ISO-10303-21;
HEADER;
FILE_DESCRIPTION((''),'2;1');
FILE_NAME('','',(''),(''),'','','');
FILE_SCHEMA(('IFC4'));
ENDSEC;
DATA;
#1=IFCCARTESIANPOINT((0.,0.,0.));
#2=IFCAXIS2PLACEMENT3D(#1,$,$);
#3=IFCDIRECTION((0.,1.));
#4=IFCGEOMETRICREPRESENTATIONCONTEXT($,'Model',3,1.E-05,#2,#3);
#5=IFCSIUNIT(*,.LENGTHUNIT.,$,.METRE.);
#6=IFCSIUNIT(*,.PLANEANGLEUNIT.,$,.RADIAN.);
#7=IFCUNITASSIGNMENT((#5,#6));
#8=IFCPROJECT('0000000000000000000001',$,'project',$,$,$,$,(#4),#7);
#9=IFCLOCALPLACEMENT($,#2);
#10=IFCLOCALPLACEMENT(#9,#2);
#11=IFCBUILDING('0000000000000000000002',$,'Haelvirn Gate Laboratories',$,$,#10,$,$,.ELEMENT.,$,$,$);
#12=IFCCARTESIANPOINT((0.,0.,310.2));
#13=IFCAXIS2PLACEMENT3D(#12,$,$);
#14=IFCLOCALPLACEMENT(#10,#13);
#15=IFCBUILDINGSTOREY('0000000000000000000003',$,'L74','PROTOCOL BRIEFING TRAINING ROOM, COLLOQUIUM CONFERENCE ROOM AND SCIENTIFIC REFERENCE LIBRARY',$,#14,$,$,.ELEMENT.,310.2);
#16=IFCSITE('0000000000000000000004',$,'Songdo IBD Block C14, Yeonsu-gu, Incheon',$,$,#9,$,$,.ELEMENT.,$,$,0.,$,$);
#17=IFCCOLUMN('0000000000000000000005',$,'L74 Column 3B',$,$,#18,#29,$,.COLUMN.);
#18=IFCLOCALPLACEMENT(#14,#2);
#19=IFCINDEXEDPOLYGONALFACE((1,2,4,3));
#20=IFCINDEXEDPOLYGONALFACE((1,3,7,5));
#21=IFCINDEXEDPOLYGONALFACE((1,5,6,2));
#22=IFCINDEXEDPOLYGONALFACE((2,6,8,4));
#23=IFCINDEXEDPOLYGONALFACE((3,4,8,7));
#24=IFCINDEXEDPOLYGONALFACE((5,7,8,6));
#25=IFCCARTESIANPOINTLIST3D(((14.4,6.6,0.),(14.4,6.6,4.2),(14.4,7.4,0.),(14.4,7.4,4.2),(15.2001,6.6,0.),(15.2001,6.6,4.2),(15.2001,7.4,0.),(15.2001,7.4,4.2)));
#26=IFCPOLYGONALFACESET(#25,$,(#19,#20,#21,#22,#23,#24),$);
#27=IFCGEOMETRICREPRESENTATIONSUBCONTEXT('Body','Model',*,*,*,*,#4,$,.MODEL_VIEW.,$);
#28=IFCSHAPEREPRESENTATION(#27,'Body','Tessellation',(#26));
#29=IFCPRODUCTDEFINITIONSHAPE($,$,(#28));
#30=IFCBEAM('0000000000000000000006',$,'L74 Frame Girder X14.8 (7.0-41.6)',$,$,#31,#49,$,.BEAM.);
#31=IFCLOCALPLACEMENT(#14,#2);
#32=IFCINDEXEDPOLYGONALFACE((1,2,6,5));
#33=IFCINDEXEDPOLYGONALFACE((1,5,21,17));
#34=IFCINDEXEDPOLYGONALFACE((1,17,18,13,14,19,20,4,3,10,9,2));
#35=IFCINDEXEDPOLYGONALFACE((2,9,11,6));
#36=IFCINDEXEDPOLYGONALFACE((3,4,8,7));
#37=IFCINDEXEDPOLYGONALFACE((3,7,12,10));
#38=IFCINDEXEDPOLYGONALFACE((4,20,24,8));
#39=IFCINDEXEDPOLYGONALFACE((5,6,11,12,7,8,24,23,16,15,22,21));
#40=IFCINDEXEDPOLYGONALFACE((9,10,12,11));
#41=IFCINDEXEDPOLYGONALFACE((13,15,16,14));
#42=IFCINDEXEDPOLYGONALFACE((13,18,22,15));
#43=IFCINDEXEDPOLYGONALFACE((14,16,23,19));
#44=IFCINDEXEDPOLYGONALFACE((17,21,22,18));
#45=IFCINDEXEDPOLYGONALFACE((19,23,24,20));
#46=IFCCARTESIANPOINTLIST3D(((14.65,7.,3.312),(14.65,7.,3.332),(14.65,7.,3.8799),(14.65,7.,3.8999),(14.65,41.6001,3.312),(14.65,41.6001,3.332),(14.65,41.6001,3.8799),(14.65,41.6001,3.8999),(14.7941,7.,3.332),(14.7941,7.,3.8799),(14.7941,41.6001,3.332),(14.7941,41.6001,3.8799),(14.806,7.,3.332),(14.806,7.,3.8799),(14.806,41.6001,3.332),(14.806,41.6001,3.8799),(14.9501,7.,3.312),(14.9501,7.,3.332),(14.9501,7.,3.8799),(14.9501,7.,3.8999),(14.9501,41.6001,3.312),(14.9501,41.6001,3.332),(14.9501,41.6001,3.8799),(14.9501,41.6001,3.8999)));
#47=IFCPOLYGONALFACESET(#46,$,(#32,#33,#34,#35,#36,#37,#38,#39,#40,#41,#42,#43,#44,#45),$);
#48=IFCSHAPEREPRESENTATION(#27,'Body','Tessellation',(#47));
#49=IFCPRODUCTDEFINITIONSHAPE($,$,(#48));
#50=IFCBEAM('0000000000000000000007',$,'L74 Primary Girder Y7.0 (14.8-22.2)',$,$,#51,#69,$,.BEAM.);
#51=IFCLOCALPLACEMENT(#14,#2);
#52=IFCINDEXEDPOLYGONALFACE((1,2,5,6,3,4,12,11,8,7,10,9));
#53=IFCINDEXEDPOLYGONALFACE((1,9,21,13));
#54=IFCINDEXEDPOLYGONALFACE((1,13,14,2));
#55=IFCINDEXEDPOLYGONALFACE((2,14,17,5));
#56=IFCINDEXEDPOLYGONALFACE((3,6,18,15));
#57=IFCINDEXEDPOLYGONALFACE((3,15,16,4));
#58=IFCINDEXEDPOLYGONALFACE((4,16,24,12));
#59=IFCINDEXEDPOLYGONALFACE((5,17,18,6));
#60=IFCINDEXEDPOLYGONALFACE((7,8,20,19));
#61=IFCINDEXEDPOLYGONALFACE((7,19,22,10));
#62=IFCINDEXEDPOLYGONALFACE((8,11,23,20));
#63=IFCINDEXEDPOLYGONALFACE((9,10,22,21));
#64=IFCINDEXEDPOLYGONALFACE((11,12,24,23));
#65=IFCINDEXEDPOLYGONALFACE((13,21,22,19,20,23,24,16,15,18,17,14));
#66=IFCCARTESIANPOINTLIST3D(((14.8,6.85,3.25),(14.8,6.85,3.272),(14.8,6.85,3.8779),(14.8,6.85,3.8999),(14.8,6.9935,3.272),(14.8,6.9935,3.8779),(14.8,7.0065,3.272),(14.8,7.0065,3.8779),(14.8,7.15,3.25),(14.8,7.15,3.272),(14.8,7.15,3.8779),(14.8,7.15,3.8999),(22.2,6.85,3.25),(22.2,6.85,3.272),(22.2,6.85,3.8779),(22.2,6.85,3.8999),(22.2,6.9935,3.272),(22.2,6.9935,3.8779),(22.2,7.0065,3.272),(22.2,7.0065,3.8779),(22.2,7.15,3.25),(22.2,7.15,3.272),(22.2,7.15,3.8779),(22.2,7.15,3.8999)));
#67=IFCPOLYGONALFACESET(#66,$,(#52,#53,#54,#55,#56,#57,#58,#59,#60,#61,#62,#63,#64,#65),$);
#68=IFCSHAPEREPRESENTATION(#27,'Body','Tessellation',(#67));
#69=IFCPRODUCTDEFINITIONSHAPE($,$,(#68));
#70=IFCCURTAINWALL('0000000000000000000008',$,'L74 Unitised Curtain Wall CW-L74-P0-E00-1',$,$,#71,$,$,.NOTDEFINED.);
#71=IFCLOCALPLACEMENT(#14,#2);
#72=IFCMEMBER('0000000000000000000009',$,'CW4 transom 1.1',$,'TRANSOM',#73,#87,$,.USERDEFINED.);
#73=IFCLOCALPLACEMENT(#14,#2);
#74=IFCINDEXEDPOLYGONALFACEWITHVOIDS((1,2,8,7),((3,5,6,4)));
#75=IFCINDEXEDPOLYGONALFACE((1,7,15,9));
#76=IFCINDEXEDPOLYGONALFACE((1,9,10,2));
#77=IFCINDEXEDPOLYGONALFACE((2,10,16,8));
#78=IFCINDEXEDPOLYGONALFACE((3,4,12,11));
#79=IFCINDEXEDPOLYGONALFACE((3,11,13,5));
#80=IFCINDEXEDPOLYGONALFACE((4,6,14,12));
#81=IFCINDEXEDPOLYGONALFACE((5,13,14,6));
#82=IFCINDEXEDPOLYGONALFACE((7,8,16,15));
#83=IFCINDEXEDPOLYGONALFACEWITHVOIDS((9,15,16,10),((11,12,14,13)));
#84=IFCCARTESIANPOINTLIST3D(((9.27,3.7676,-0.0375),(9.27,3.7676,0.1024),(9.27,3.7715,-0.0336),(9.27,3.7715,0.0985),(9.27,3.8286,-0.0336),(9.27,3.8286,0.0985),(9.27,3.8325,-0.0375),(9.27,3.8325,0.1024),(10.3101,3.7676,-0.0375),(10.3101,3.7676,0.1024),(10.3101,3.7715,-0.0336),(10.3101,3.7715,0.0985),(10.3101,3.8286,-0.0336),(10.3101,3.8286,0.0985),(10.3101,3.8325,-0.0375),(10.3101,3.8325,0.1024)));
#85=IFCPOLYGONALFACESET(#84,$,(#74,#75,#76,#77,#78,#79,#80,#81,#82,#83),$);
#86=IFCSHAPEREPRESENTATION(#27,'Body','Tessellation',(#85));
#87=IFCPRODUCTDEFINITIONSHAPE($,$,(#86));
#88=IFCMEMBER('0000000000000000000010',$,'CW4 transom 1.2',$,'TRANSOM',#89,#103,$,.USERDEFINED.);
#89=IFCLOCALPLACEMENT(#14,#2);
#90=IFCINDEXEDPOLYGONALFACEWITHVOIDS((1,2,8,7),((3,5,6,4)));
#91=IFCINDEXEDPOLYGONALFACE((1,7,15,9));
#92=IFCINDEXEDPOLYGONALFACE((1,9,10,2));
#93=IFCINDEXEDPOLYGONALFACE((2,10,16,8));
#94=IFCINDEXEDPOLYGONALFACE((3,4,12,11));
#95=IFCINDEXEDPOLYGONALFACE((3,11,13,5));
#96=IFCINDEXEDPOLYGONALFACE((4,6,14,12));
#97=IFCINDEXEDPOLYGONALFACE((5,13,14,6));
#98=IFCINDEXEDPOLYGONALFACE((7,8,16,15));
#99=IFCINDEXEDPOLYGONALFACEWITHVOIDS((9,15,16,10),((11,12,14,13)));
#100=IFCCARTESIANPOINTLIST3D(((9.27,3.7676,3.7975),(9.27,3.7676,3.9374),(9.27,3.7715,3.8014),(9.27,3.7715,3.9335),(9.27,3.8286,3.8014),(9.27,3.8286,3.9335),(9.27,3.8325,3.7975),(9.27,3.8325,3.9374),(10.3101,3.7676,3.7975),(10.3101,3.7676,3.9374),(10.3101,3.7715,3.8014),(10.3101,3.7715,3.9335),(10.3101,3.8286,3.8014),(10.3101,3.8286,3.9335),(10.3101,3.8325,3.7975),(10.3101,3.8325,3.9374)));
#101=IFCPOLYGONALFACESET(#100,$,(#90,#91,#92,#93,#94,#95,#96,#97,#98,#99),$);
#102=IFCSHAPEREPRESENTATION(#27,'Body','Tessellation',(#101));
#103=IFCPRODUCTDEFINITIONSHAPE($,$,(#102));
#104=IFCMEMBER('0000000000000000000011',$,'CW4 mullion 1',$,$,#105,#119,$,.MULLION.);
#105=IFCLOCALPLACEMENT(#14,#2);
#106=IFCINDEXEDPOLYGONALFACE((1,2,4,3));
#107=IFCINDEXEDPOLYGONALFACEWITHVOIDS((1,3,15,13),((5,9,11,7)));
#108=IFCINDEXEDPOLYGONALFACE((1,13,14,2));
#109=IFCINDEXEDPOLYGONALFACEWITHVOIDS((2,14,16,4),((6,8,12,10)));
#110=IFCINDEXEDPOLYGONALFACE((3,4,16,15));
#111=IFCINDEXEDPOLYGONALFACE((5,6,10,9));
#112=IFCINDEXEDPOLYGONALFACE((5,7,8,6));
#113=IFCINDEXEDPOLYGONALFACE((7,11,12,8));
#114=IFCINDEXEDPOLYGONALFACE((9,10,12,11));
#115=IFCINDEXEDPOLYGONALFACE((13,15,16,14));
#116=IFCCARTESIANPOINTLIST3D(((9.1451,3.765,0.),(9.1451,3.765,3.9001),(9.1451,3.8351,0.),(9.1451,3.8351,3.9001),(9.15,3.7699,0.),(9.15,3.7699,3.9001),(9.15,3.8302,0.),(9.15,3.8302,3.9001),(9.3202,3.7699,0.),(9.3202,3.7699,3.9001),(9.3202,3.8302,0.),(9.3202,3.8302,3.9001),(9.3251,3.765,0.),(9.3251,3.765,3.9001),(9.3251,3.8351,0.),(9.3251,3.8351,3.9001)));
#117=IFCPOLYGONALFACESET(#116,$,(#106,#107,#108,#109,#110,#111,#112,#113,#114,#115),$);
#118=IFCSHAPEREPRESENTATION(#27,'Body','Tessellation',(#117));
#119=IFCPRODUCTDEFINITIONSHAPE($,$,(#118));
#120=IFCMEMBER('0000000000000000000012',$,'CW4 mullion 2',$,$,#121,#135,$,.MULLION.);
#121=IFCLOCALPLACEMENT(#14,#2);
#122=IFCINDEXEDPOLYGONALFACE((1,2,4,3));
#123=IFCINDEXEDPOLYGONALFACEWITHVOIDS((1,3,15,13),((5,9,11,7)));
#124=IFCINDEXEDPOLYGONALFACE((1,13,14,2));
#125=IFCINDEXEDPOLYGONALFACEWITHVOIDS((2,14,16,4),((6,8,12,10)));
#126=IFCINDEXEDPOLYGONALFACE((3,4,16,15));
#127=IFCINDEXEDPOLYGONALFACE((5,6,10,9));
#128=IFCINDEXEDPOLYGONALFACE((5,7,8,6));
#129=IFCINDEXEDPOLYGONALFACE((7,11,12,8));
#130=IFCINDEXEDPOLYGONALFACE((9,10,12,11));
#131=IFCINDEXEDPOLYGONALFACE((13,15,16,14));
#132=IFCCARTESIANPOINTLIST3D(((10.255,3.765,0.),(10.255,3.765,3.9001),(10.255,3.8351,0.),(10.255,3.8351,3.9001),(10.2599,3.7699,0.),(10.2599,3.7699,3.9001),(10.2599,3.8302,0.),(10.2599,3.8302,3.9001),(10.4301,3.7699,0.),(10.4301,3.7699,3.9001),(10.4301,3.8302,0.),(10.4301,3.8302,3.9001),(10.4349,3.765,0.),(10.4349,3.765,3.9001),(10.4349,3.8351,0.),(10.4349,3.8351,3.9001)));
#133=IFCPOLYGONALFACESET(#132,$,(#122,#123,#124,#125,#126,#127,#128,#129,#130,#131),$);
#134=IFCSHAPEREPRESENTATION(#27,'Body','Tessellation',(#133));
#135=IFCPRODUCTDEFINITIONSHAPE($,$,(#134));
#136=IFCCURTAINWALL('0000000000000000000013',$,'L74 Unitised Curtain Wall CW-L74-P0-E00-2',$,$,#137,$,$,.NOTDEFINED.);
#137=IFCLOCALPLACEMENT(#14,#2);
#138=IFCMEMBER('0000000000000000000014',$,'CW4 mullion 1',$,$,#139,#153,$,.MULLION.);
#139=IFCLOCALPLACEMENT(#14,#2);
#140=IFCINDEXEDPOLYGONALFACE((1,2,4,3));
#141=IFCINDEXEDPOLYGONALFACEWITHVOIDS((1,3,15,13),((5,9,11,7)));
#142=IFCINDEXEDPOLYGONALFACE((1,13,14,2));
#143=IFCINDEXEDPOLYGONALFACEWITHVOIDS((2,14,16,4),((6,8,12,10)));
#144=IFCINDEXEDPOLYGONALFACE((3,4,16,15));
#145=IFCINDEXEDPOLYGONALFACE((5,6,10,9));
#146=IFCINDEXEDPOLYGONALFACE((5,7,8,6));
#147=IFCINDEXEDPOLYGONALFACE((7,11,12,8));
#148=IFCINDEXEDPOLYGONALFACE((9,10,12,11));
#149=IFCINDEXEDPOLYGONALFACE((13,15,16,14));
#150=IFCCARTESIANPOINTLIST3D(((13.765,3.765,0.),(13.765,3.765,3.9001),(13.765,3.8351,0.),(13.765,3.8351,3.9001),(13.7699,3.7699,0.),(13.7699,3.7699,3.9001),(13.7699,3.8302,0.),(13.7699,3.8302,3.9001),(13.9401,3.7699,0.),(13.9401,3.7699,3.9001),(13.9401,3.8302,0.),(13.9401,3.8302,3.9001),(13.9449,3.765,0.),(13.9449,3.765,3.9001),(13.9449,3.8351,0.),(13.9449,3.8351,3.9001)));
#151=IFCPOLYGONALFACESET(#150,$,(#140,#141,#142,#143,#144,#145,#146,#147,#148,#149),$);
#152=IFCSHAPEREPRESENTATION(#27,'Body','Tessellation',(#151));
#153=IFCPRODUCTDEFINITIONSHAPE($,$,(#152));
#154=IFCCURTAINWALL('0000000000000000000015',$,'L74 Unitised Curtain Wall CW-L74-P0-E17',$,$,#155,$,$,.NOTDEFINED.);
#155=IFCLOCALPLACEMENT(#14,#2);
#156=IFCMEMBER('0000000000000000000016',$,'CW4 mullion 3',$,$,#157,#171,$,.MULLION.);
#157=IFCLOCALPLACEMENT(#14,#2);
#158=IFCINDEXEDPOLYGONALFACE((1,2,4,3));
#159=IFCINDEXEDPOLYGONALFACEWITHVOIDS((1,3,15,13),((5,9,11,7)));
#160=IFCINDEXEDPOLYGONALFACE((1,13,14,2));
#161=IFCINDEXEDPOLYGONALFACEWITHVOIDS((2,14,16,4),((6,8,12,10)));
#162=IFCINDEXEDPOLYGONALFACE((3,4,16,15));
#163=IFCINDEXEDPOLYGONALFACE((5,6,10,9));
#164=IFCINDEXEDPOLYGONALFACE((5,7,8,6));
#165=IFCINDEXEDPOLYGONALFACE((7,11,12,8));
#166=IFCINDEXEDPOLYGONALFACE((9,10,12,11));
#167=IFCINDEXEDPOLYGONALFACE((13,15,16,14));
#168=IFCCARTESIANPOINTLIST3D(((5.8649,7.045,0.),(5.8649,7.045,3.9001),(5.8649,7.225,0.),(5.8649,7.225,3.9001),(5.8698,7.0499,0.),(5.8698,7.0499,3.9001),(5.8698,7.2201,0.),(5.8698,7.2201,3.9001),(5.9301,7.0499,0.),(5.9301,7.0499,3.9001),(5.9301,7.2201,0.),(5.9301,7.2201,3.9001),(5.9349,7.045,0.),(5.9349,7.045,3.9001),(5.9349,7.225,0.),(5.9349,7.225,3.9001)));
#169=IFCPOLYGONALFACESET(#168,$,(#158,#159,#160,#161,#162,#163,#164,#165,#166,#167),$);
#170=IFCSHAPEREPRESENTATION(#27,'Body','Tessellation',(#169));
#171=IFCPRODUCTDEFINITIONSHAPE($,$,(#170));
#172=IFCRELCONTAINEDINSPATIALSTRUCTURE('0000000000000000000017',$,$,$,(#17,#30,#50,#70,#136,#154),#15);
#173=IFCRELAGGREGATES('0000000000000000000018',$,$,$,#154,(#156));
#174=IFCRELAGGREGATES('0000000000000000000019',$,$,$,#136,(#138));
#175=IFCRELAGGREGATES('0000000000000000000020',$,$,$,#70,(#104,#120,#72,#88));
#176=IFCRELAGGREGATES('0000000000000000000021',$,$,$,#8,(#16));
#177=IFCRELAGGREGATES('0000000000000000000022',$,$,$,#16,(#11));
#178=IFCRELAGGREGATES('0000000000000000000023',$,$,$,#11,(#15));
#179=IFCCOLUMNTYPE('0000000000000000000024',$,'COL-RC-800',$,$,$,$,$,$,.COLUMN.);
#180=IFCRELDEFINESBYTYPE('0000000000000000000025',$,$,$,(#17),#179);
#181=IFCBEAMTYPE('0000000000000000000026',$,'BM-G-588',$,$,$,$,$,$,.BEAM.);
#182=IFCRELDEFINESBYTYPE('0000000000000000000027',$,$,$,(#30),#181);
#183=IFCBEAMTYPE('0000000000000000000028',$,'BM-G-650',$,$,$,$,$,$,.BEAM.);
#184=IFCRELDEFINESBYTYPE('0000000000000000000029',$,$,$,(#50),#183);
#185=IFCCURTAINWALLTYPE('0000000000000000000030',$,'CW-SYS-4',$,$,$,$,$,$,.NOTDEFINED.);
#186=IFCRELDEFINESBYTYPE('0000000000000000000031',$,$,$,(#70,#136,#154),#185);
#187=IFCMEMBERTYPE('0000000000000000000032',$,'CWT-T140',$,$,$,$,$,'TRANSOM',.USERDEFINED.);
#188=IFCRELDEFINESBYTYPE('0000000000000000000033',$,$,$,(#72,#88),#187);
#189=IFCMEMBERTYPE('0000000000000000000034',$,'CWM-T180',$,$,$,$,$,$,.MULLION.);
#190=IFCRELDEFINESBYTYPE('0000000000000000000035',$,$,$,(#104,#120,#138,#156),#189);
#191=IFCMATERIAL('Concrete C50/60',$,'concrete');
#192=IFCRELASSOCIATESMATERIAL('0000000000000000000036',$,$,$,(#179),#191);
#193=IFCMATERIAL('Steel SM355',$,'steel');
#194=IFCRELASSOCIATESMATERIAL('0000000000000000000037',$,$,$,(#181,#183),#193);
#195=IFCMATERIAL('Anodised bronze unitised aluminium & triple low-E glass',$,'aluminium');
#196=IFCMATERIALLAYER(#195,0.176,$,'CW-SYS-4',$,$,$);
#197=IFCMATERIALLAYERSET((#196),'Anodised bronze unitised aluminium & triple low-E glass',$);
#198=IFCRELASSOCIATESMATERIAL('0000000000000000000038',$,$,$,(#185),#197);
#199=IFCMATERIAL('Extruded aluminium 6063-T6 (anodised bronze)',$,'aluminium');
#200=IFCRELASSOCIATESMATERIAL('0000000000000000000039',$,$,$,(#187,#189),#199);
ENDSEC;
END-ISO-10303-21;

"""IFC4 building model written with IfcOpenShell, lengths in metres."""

from ifc_helpers import new_model, si_unit, direction, frame, origin, origin_2d, place, context, subcontext, project, spatial, rectangle, hollow_rectangle, i_section, extrude, source, transform, mapped, material, layer, layer_set, material_profile, profile_set, type_object, type_shapes, element, aggregate, save


model = new_model("IFC4")

# Units and contexts
model_context = context("Model", 3, precision=1e-05, world=origin(), true_north=direction((0.0, 1.0)))
body_context = subcontext(model_context, "Body", "Model", "MODEL_VIEW")
ifc_project = project(units=[si_unit("LENGTHUNIT", "METRE"), si_unit("PLANEANGLEUNIT", "RADIAN")], contexts=[model_context])

# Site, building, storey
site_placement = place(None, origin())
site = spatial("IfcSite", under=ifc_project, at=site_placement, Name="Songdo IBD Block C14, Yeonsu-gu, Incheon", CompositionType="ELEMENT", RefElevation=0.0)
building_placement = place(site_placement, origin())
building = spatial("IfcBuilding", under=site, at=building_placement, Name="Haelvirn Gate Laboratories", CompositionType="ELEMENT")
storey_placement = place(building_placement, frame((0.0, 0.0, 310.2)))
storey = spatial("IfcBuildingStorey", under=building, at=storey_placement, Name="L74", Description="PROTOCOL BRIEFING TRAINING ROOM, COLLOQUIUM CONFERENCE ROOM AND SCIENTIFIC REFERENCE LIBRARY", CompositionType="ELEMENT", Elevation=310.2)

# Column
ifc_material_1 = material(Name="Concrete C50/60", Category="concrete")
ifc_material_profile_1 = material_profile(ifc_material_1, rectangle(XDim=0.8, YDim=0.8, at=origin_2d()), Name="RC-800x800")
ifc_profile_set_1 = profile_set([ifc_material_profile_1], Name="Concrete C50/60")
column_type = type_object("IfcColumnType", Name="COL-RC-800", PredefinedType="COLUMN", material=ifc_profile_set_1)
shared_shape_1 = source(origin(), body_context, "Body", "SweptSolid", [
    extrude(rectangle(XDim=0.8, YDim=0.8, at=origin_2d()), origin(), (0.0, 0.0, 1.0), 4.2),
])
type_shapes(column_type, [shared_shape_1])
column_placement = place(storey_placement, frame((14.8, 7.0, 0.0), z_axis=(0.0, 0.0, 1.0), x_axis=(1.0, 0.0, 0.0)))
element("IfcColumn", 1, at=column_placement, inside=storey, type_object=column_type, Name="L74 Column 3B", PredefinedType="COLUMN", context=body_context, shape_type="MappedRepresentation", body=[
    mapped(shared_shape_1, transform((0.0, 0.0, 0.0), scale=1.0)),
])

# Beams
ifc_material_2 = material(Name="Steel SM355", Category="steel")
ifc_material_profile_2 = material_profile(ifc_material_2, i_section(OverallWidth=0.3, OverallDepth=0.5879, WebThickness=0.012, FlangeThickness=0.02, at=origin_2d()), Name="H-588x300x12x20")
ifc_profile_set_2 = profile_set([ifc_material_profile_2], Name="Steel SM355")
beam_type_1 = type_object("IfcBeamType", Name="BM-G-588", PredefinedType="BEAM", material=ifc_profile_set_2)
shared_shape_2 = source(origin(), body_context, "Body", "SweptSolid", [
    extrude(i_section(OverallWidth=0.3, OverallDepth=0.5879, WebThickness=0.012, FlangeThickness=0.02, at=origin_2d()), origin(), (0.0, 0.0, 1.0), 34.6001),
])
type_shapes(beam_type_1, [shared_shape_2])
beam_1_placement = place(storey_placement, frame((14.8, 7.0, 3.606), z_axis=(0.0, 1.0, 0.0), x_axis=(-1.0, 0.0, 0.0)))
element("IfcBeam", 2, at=beam_1_placement, inside=storey, type_object=beam_type_1, Name="L74 Frame Girder X14.8 (7.0-41.6)", PredefinedType="BEAM", context=body_context, shape_type="MappedRepresentation", body=[
    mapped(shared_shape_2, transform((0.0, 0.0, 0.0), scale=1.0)),
])
ifc_material_profile_3 = material_profile(ifc_material_2, i_section(OverallWidth=0.3, OverallDepth=0.6499, WebThickness=0.0129, FlangeThickness=0.022, at=origin_2d()), Name="H-650x300x13x22")
ifc_profile_set_3 = profile_set([ifc_material_profile_3], Name="Steel SM355")
beam_type_2 = type_object("IfcBeamType", Name="BM-G-650", PredefinedType="BEAM", material=ifc_profile_set_3)
shared_shape_3 = source(origin(), body_context, "Body", "SweptSolid", [
    extrude(i_section(OverallWidth=0.3, OverallDepth=0.6499, WebThickness=0.0129, FlangeThickness=0.022, at=origin_2d()), origin(), (0.0, 0.0, 1.0), 7.3999),
])
type_shapes(beam_type_2, [shared_shape_3])
beam_2_placement = place(storey_placement, frame((14.8, 7.0, 3.575), z_axis=(1.0, 0.0, 0.0), x_axis=(0.0, 1.0, 0.0)))
element("IfcBeam", 3, at=beam_2_placement, inside=storey, type_object=beam_type_2, Name="L74 Primary Girder Y7.0 (14.8-22.2)", PredefinedType="BEAM", context=body_context, shape_type="MappedRepresentation", body=[
    mapped(shared_shape_3, transform((0.0, 0.0, 0.0), scale=1.0)),
])

# Curtain wall, members
ifc_material_3 = material(Name="Anodised bronze unitised aluminium & triple low-E glass", Category="aluminium")
ifc_layer_1 = layer(ifc_material_3, 0.176, Name="CW-SYS-4")
ifc_layer_set_1 = layer_set([ifc_layer_1], Name="Anodised bronze unitised aluminium & triple low-E glass")
curtain_wall_type = type_object("IfcCurtainWallType", Name="CW-SYS-4", PredefinedType="NOTDEFINED", material=ifc_layer_set_1)
curtain_wall_1_placement = place(storey_placement, origin())
curtain_wall_1 = element("IfcCurtainWall", 4, at=curtain_wall_1_placement, inside=storey, type_object=curtain_wall_type, Name="L74 Unitised Curtain Wall CW-L74-P0-E00-1", PredefinedType="NOTDEFINED")
ifc_material_4 = material(Name="Extruded aluminium 6063-T6 (anodised bronze)", Category="aluminium")
ifc_material_profile_4 = material_profile(ifc_material_4, hollow_rectangle(XDim=0.0649, YDim=0.1399, WallThickness=0.0039, at=origin_2d()), Name="CWT-140x65x4")
ifc_profile_set_4 = profile_set([ifc_material_profile_4], Name="Extruded aluminium 6063-T6 (anodised bronze)")
member_type_1 = type_object("IfcMemberType", Name="CWT-T140", ElementType="TRANSOM", PredefinedType="USERDEFINED", material=ifc_profile_set_4)
shared_shape_4 = source(origin(), body_context, "Body", "SweptSolid", [
    extrude(hollow_rectangle(XDim=0.0649, YDim=0.1399, WallThickness=0.0039, at=origin_2d()), origin(), (0.0, 0.0, 1.0), 1.04),
])
member_1_placement = place(storey_placement, frame((9.27, 3.8, 0.0325), z_axis=(1.0, 0.0, 0.0), x_axis=(0.0, 1.0, 0.0)))
member_1 = element("IfcMember", 5, at=member_1_placement, type_object=member_type_1, Name="CW4 transom 1.1", ObjectType="TRANSOM", PredefinedType="USERDEFINED", context=body_context, shape_type="MappedRepresentation", body=[
    mapped(shared_shape_4, transform((0.0, 0.0, 0.0), scale=1.0)),
])
member_2_placement = place(storey_placement, frame((9.27, 3.8, 3.8674), z_axis=(1.0, 0.0, 0.0), x_axis=(0.0, 1.0, 0.0)))
member_2 = element("IfcMember", 6, at=member_2_placement, type_object=member_type_1, Name="CW4 transom 1.2", ObjectType="TRANSOM", PredefinedType="USERDEFINED", context=body_context, shape_type="MappedRepresentation", body=[
    mapped(shared_shape_4, transform((0.0, 0.0, 0.0), scale=1.0)),
])
ifc_material_profile_5 = material_profile(ifc_material_4, hollow_rectangle(XDim=0.0701, YDim=0.1799, WallThickness=0.0049, at=origin_2d()), Name="CWM-180x70x5")
ifc_profile_set_5 = profile_set([ifc_material_profile_5], Name="Extruded aluminium 6063-T6 (anodised bronze)")
member_type_2 = type_object("IfcMemberType", Name="CWM-T180", PredefinedType="MULLION", material=ifc_profile_set_5)
shared_shape_5 = source(origin(), body_context, "Body", "SweptSolid", [
    extrude(hollow_rectangle(XDim=0.0701, YDim=0.1799, WallThickness=0.0049, at=origin_2d()), origin(), (0.0, 0.0, 1.0), 3.9001),
])
type_shapes(member_type_2, [shared_shape_5])
member_3_placement = place(storey_placement, frame((9.2351, 3.8, 0.0), z_axis=(0.0, 0.0, 1.0), x_axis=(0.0, 1.0, 0.0)))
member_3 = element("IfcMember", 7, at=member_3_placement, type_object=member_type_2, Name="CW4 mullion 1", PredefinedType="MULLION", context=body_context, shape_type="MappedRepresentation", body=[
    mapped(shared_shape_5, transform((0.0, 0.0, 0.0), scale=1.0)),
])
member_4_placement = place(storey_placement, frame((10.345, 3.8, 0.0), z_axis=(0.0, 0.0, 1.0), x_axis=(0.0, 1.0, 0.0)))
member_4 = element("IfcMember", 8, at=member_4_placement, type_object=member_type_2, Name="CW4 mullion 2", PredefinedType="MULLION", context=body_context, shape_type="MappedRepresentation", body=[
    mapped(shared_shape_5, transform((0.0, 0.0, 0.0), scale=1.0)),
])

# Curtain walls, members
curtain_wall_2_placement = place(storey_placement, origin())
curtain_wall_2 = element("IfcCurtainWall", 9, at=curtain_wall_2_placement, inside=storey, type_object=curtain_wall_type, Name="L74 Unitised Curtain Wall CW-L74-P0-E00-2", PredefinedType="NOTDEFINED")
member_5_placement = place(storey_placement, frame((13.855, 3.8, 0.0), z_axis=(0.0, 0.0, 1.0), x_axis=(0.0, 1.0, 0.0)))
member_5 = element("IfcMember", 10, at=member_5_placement, type_object=member_type_2, Name="CW4 mullion 1", PredefinedType="MULLION", context=body_context, shape_type="MappedRepresentation", body=[
    mapped(shared_shape_5, transform((0.0, 0.0, 0.0), scale=1.0)),
])
curtain_wall_3_placement = place(storey_placement, origin())
curtain_wall_3 = element("IfcCurtainWall", 11, at=curtain_wall_3_placement, inside=storey, type_object=curtain_wall_type, Name="L74 Unitised Curtain Wall CW-L74-P0-E17", PredefinedType="NOTDEFINED")
member_6_placement = place(storey_placement, frame((5.8999, 7.135, 0.0), z_axis=(0.0, 0.0, 1.0), x_axis=(1.0, 0.0, 0.0)))
member_6 = element("IfcMember", 12, at=member_6_placement, type_object=member_type_2, Name="CW4 mullion 3", PredefinedType="MULLION", context=body_context, shape_type="MappedRepresentation", body=[
    mapped(shared_shape_5, transform((0.0, 0.0, 0.0), scale=1.0)),
])
aggregate(curtain_wall_3, [member_6])

aggregate(curtain_wall_2, [member_5])

aggregate(curtain_wall_1, [member_3, member_4, member_1, member_2])

save(model, "model.ifc")
